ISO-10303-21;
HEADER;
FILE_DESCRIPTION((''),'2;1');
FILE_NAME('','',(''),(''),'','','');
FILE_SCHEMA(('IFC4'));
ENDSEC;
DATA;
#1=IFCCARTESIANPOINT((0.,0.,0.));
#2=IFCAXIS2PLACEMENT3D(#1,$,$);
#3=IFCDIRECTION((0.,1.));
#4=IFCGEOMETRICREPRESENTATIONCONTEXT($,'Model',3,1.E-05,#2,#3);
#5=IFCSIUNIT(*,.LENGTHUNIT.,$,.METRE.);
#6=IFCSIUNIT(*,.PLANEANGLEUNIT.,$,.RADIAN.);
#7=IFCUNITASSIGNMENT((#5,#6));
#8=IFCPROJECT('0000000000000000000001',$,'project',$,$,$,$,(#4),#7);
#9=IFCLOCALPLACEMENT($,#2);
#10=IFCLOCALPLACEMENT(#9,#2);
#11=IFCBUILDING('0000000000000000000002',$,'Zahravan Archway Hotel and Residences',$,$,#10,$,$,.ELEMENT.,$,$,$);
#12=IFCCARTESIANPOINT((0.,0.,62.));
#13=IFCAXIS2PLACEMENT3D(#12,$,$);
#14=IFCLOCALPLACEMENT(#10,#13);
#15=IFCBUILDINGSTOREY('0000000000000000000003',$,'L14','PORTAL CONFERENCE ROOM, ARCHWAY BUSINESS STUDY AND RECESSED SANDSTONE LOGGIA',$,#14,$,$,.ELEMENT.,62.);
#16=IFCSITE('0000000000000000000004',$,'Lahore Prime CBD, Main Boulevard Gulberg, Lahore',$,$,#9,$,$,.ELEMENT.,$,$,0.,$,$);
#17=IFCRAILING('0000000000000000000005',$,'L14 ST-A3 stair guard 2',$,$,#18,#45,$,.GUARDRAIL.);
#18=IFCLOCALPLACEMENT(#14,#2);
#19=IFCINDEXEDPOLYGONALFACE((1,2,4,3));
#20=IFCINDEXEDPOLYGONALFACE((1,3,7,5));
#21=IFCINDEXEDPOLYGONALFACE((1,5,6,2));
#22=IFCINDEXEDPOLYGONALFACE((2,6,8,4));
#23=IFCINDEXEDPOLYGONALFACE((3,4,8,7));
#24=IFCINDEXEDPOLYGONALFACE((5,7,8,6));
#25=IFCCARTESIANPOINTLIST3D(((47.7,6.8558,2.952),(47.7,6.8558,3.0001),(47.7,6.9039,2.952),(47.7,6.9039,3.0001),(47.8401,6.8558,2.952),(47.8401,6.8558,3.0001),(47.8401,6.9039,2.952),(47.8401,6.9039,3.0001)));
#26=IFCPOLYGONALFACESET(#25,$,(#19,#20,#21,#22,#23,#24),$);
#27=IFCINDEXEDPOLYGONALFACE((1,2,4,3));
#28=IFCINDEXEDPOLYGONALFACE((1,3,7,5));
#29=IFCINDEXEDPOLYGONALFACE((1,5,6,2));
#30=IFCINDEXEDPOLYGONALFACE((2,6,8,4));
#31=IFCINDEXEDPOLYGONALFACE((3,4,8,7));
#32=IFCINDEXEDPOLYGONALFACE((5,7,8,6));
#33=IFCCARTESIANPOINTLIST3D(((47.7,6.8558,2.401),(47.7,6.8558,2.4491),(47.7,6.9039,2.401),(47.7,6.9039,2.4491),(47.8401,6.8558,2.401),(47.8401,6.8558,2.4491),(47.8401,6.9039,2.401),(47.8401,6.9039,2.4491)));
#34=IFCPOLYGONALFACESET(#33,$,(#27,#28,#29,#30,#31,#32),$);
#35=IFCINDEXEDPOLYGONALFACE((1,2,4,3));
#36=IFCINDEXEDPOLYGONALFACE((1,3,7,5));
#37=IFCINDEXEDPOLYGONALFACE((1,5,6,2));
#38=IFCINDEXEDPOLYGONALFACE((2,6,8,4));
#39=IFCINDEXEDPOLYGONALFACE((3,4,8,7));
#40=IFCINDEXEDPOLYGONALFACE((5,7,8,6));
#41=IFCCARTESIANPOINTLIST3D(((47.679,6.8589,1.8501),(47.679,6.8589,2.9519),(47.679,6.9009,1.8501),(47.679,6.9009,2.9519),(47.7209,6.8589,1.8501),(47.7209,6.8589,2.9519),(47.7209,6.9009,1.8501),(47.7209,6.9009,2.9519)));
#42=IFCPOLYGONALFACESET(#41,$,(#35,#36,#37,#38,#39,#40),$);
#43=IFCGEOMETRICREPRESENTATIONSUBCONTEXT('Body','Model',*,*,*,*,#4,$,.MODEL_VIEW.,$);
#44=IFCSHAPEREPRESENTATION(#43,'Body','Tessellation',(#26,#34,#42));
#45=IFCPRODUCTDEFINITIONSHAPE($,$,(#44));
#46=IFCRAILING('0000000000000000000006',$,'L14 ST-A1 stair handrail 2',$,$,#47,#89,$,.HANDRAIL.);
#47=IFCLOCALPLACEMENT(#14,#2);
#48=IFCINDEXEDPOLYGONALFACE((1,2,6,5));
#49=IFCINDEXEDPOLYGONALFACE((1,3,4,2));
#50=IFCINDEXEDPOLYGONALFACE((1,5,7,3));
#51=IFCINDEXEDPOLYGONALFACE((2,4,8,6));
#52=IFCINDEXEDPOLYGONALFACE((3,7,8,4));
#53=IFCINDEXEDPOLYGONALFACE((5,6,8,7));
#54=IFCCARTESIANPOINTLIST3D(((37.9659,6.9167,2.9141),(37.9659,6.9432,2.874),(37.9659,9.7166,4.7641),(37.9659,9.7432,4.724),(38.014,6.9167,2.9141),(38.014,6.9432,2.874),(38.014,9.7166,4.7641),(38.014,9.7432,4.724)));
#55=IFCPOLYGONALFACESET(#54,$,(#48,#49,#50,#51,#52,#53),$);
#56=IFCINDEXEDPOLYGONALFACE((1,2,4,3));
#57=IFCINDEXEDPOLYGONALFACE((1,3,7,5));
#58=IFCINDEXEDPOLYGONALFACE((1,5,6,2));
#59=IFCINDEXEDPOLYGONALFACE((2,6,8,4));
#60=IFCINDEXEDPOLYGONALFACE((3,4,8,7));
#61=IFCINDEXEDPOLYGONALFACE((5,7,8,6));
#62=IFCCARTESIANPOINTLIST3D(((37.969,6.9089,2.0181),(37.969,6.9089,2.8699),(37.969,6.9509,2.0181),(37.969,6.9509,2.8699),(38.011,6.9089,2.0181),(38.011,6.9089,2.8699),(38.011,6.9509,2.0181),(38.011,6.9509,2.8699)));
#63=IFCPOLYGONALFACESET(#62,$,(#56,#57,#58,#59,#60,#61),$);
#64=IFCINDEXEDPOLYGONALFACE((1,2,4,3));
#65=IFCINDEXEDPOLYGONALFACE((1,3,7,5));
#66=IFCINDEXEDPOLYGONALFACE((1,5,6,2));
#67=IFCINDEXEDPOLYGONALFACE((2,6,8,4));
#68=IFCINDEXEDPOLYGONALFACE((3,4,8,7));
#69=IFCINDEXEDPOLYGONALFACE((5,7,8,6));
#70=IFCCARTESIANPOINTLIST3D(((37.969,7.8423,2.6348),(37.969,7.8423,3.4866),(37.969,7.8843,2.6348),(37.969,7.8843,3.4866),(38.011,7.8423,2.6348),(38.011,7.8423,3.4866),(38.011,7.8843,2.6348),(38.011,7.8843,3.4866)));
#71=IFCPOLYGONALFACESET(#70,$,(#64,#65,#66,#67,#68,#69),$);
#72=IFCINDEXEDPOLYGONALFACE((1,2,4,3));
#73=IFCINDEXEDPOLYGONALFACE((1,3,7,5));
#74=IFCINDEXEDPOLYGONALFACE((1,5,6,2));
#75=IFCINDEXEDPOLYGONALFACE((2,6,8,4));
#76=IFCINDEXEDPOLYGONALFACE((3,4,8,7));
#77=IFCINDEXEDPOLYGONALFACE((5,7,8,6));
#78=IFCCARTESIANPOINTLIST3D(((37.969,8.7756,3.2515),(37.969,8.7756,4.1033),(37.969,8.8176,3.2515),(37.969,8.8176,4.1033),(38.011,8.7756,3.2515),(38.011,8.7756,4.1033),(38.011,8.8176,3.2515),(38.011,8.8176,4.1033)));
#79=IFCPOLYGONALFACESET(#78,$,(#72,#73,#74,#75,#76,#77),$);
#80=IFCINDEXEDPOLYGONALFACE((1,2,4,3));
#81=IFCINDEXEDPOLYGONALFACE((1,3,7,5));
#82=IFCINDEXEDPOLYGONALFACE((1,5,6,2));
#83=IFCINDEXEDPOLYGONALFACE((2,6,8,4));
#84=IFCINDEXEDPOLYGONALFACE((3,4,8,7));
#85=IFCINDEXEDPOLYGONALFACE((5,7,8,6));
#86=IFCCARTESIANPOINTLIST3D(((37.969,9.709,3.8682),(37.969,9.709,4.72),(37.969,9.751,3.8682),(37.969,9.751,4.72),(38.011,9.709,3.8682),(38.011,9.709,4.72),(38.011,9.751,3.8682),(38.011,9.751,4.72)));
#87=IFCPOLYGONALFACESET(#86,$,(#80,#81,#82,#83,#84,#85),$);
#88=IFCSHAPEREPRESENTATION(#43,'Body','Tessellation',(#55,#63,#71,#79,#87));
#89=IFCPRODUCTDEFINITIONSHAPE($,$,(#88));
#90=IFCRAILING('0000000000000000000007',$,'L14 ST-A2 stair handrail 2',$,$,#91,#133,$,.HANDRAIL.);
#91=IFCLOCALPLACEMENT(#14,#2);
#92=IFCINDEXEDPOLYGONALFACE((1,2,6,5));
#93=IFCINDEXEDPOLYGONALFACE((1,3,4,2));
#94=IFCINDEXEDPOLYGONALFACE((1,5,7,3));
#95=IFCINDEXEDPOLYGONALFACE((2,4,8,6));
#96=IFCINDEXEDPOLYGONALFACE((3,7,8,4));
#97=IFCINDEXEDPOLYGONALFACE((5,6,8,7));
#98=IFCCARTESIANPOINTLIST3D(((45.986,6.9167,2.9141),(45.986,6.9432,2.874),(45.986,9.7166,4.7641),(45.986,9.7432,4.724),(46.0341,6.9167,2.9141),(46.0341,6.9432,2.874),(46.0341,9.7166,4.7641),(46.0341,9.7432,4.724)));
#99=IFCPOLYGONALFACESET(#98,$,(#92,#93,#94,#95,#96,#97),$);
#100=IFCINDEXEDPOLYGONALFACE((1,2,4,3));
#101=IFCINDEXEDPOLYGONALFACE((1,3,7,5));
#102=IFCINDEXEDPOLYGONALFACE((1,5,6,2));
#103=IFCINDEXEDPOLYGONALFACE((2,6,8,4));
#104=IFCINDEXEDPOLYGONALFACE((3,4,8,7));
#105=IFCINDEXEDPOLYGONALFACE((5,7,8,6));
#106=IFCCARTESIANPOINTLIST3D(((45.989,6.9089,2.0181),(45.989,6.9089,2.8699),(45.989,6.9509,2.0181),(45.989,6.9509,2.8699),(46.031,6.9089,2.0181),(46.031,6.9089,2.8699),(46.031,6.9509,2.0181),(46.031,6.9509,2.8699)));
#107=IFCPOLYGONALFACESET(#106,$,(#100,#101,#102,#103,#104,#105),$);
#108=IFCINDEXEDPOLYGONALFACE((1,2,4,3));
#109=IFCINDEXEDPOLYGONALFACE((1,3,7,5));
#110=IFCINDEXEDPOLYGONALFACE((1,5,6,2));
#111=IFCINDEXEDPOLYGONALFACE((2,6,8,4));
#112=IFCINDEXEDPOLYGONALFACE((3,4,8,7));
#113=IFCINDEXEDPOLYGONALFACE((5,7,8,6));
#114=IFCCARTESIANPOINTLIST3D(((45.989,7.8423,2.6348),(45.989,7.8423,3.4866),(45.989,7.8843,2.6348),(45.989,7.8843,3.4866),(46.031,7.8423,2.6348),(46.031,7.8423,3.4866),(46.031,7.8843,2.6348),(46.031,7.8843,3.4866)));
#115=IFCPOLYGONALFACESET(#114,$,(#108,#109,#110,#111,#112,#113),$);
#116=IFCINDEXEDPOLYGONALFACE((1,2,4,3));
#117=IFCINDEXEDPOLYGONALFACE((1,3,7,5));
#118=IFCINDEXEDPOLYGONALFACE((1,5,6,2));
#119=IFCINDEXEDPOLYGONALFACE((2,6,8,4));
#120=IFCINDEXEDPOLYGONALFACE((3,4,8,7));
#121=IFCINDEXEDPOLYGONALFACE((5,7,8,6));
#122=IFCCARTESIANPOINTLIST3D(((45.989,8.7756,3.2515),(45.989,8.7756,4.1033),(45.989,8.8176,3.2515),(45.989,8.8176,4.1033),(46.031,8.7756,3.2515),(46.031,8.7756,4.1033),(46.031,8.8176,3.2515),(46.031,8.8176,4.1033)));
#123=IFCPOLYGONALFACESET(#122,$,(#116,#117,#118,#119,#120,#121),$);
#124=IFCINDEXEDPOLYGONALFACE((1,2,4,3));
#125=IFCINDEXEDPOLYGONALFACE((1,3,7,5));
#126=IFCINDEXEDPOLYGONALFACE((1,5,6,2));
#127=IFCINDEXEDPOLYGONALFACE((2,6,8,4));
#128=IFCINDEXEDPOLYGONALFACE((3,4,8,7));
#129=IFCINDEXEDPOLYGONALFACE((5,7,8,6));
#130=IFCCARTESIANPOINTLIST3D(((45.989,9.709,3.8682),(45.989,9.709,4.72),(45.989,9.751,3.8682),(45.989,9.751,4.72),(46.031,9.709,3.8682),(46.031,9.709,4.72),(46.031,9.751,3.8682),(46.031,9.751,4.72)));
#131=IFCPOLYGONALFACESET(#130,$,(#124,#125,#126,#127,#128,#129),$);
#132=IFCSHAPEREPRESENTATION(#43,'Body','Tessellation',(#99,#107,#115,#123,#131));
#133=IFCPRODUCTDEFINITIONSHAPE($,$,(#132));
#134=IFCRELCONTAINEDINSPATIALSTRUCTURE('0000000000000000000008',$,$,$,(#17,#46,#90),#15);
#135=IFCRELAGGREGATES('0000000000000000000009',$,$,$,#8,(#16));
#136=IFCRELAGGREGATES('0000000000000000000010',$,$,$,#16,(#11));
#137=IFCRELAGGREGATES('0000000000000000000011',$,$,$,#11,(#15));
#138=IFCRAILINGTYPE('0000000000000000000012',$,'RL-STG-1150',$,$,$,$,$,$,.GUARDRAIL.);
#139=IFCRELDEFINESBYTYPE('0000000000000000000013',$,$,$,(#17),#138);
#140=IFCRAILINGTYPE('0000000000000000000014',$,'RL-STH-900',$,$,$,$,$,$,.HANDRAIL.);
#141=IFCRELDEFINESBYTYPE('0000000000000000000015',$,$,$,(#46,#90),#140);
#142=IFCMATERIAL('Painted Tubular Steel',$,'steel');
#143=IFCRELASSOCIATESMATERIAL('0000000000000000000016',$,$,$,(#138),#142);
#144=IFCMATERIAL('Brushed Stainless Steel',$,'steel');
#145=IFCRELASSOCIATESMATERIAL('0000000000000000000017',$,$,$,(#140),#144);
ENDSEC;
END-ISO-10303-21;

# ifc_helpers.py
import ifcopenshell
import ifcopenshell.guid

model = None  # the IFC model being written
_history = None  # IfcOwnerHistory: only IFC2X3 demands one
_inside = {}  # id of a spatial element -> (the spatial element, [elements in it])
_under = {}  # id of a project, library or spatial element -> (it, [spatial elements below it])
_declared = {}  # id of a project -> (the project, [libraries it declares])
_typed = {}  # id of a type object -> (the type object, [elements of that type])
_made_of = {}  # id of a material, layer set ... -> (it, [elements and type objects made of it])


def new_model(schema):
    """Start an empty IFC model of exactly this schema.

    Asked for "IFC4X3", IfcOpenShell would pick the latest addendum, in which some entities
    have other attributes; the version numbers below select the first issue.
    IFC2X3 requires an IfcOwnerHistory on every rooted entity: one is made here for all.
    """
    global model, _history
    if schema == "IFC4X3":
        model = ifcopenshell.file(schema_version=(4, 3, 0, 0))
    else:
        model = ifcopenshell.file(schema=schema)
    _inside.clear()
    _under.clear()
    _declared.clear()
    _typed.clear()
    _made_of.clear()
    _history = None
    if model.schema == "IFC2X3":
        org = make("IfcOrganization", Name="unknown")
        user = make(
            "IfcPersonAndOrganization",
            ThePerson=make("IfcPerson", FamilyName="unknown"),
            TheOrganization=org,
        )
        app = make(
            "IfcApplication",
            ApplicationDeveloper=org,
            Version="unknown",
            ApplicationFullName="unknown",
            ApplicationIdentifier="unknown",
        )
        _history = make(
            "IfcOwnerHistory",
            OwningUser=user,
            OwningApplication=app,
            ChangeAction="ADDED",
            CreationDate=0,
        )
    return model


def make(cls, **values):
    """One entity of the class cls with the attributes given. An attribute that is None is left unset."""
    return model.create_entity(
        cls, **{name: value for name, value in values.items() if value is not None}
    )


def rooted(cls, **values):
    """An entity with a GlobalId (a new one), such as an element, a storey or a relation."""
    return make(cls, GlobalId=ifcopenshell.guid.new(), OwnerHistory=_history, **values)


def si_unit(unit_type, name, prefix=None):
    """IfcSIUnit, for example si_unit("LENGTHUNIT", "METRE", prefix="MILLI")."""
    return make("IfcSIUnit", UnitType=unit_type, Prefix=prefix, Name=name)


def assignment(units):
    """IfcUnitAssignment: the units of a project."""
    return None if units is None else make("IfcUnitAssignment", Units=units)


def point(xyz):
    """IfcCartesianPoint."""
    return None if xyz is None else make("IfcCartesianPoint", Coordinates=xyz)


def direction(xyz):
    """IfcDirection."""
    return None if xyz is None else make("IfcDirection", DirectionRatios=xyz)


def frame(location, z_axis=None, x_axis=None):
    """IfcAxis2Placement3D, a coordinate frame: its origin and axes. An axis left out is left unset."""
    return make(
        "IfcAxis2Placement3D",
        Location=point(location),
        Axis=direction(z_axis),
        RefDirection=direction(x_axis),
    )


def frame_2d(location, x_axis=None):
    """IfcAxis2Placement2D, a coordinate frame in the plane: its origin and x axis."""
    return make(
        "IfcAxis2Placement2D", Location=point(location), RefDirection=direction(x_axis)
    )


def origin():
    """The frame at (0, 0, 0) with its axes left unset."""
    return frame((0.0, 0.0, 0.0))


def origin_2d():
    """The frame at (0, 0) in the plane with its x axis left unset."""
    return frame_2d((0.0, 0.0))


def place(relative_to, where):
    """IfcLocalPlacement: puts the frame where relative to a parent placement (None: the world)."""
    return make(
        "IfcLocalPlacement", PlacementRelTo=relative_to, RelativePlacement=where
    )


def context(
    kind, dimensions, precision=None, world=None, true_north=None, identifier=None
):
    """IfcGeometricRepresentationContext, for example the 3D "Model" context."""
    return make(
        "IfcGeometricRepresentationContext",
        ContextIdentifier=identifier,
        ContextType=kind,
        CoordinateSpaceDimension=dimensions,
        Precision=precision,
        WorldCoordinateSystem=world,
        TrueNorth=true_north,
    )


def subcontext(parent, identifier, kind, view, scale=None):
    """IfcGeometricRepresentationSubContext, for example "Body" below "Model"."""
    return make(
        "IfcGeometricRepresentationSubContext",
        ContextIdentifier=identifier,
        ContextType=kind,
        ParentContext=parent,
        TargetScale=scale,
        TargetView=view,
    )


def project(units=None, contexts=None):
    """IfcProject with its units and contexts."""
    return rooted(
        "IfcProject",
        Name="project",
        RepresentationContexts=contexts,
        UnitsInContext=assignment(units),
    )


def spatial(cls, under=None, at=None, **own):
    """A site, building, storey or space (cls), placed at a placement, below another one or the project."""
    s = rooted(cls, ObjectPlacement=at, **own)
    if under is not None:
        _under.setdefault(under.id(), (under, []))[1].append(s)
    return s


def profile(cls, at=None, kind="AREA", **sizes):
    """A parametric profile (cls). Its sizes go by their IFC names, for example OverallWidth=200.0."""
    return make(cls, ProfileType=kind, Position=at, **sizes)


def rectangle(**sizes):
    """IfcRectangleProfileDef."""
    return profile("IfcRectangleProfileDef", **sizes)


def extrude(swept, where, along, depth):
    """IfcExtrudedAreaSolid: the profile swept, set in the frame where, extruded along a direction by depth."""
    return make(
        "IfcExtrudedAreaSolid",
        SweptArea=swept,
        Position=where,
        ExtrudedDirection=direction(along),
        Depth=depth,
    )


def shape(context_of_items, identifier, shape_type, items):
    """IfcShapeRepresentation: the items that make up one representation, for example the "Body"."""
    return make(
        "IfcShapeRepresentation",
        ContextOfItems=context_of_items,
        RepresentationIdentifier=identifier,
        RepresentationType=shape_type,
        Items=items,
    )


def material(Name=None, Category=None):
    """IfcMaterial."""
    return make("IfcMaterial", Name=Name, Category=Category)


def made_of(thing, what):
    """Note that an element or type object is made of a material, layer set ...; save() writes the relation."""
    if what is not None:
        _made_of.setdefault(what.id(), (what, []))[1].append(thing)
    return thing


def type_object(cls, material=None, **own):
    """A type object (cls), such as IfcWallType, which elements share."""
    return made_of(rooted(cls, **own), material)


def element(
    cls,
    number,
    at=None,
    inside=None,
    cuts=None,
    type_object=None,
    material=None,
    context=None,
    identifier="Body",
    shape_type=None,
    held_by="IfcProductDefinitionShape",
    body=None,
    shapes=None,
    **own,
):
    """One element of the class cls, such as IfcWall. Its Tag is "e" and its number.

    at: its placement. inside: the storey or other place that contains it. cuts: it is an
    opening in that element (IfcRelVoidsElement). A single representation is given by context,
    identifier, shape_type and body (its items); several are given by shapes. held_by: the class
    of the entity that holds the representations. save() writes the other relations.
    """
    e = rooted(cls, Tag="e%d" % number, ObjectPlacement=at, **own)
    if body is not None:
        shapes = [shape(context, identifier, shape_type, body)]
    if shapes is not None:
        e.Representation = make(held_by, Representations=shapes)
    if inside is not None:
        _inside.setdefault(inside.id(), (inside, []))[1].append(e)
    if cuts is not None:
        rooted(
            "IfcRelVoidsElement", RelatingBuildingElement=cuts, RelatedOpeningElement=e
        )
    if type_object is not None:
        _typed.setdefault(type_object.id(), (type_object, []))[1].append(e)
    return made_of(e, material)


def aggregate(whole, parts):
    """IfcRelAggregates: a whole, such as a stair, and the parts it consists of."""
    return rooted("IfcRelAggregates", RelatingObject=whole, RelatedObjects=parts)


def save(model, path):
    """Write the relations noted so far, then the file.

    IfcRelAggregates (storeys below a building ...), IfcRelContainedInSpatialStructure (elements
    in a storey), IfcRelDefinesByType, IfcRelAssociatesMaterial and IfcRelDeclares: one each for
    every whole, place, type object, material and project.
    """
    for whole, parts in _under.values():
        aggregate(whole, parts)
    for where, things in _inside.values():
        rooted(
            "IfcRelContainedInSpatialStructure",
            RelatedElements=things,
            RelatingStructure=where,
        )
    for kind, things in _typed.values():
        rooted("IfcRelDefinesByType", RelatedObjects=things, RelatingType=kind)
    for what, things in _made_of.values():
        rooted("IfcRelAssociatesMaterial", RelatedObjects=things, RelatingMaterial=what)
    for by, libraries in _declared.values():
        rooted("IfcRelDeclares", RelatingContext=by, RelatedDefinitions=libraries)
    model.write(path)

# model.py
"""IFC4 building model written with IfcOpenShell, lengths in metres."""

from ifc_helpers import new_model, si_unit, direction, frame, origin, origin_2d, place, context, subcontext, project, spatial, rectangle, extrude, material, type_object, element, save


model = new_model("IFC4")

# Units and contexts
model_context = context("Model", 3, precision=1e-05, world=origin(), true_north=direction((0.0, 1.0)))
body_context = subcontext(model_context, "Body", "Model", "MODEL_VIEW")
ifc_project = project(units=[si_unit("LENGTHUNIT", "METRE"), si_unit("PLANEANGLEUNIT", "RADIAN")], contexts=[model_context])

# Site, building, storey
site_placement = place(None, origin())
site = spatial("IfcSite", under=ifc_project, at=site_placement, Name="Lahore Prime CBD, Main Boulevard Gulberg, Lahore", CompositionType="ELEMENT", RefElevation=0.0)
building_placement = place(site_placement, origin())
building = spatial("IfcBuilding", under=site, at=building_placement, Name="Zahravan Archway Hotel and Residences", CompositionType="ELEMENT")
storey_placement = place(building_placement, frame((0.0, 0.0, 62.0)))
storey = spatial("IfcBuildingStorey", under=building, at=storey_placement, Name="L14", Description="PORTAL CONFERENCE ROOM, ARCHWAY BUSINESS STUDY AND RECESSED SANDSTONE LOGGIA", CompositionType="ELEMENT", Elevation=62.0)

# Railings
ifc_material_1 = material(Name="Painted Tubular Steel", Category="steel")
railing_type_1 = type_object("IfcRailingType", Name="RL-STG-1150", PredefinedType="GUARDRAIL", material=ifc_material_1)
railing_1_placement = place(storey_placement, frame((47.7, 6.8799, 1.8501)))
element("IfcRailing", 1, at=railing_1_placement, inside=storey, type_object=railing_type_1, Name="L14 ST-A3 stair guard 2", PredefinedType="GUARDRAIL", context=body_context, shape_type="SweptSolid", body=[
    extrude(rectangle(XDim=0.0481, YDim=0.0481, at=origin_2d()), frame((0.0, 0.0, 1.126), z_axis=(1.0, 0.0, 0.0), x_axis=(0.0, 1.0, 0.0)), (0.0, 0.0, 1.0), 0.1401),
    extrude(rectangle(XDim=0.0481, YDim=0.0481, at=origin_2d()), frame((0.0, 0.0, 0.575), z_axis=(1.0, 0.0, 0.0), x_axis=(0.0, 1.0, 0.0)), (0.0, 0.0, 1.0), 0.1401),
    extrude(rectangle(XDim=0.042, YDim=0.042, at=origin_2d()), origin(), (0.0, 0.0, 1.0), 1.1018),
])
ifc_material_2 = material(Name="Brushed Stainless Steel", Category="steel")
railing_type_2 = type_object("IfcRailingType", Name="RL-STH-900", PredefinedType="HANDRAIL", material=ifc_material_2)
for number, where, name in (
    (2, (37.99, 6.9299, 2.0181), "L14 ST-A1 stair handrail 2"),
    (3, (46.01, 6.9299, 2.0181), "L14 ST-A2 stair handrail 2"),
):
    element("IfcRailing", number, at=place(storey_placement, frame(where)), inside=storey, type_object=railing_type_2, Name=name, PredefinedType="HANDRAIL", context=body_context, shape_type="SweptSolid", body=[
        extrude(rectangle(XDim=0.0481, YDim=0.0481, at=origin_2d()), frame((0.0, 0.0, 0.876), z_axis=(0.0, 0.834326, 0.551271), x_axis=(-1.0, 0.0, 0.0)), (0.0, 0.0, 1.0), 3.356),
        extrude(rectangle(XDim=0.042, YDim=0.042, at=origin_2d()), origin(), (0.0, 0.0, 1.0), 0.8518),
        extrude(rectangle(XDim=0.042, YDim=0.042, at=origin_2d()), frame((0.0, 0.9333, 0.6167)), (0.0, 0.0, 1.0), 0.8518),
        extrude(rectangle(XDim=0.042, YDim=0.042, at=origin_2d()), frame((0.0, 1.8667, 1.2334)), (0.0, 0.0, 1.0), 0.8518),
        extrude(rectangle(XDim=0.042, YDim=0.042, at=origin_2d()), frame((0.0, 2.8, 1.8501)), (0.0, 0.0, 1.0), 0.8518),
    ])

save(model, "model.ifc")
